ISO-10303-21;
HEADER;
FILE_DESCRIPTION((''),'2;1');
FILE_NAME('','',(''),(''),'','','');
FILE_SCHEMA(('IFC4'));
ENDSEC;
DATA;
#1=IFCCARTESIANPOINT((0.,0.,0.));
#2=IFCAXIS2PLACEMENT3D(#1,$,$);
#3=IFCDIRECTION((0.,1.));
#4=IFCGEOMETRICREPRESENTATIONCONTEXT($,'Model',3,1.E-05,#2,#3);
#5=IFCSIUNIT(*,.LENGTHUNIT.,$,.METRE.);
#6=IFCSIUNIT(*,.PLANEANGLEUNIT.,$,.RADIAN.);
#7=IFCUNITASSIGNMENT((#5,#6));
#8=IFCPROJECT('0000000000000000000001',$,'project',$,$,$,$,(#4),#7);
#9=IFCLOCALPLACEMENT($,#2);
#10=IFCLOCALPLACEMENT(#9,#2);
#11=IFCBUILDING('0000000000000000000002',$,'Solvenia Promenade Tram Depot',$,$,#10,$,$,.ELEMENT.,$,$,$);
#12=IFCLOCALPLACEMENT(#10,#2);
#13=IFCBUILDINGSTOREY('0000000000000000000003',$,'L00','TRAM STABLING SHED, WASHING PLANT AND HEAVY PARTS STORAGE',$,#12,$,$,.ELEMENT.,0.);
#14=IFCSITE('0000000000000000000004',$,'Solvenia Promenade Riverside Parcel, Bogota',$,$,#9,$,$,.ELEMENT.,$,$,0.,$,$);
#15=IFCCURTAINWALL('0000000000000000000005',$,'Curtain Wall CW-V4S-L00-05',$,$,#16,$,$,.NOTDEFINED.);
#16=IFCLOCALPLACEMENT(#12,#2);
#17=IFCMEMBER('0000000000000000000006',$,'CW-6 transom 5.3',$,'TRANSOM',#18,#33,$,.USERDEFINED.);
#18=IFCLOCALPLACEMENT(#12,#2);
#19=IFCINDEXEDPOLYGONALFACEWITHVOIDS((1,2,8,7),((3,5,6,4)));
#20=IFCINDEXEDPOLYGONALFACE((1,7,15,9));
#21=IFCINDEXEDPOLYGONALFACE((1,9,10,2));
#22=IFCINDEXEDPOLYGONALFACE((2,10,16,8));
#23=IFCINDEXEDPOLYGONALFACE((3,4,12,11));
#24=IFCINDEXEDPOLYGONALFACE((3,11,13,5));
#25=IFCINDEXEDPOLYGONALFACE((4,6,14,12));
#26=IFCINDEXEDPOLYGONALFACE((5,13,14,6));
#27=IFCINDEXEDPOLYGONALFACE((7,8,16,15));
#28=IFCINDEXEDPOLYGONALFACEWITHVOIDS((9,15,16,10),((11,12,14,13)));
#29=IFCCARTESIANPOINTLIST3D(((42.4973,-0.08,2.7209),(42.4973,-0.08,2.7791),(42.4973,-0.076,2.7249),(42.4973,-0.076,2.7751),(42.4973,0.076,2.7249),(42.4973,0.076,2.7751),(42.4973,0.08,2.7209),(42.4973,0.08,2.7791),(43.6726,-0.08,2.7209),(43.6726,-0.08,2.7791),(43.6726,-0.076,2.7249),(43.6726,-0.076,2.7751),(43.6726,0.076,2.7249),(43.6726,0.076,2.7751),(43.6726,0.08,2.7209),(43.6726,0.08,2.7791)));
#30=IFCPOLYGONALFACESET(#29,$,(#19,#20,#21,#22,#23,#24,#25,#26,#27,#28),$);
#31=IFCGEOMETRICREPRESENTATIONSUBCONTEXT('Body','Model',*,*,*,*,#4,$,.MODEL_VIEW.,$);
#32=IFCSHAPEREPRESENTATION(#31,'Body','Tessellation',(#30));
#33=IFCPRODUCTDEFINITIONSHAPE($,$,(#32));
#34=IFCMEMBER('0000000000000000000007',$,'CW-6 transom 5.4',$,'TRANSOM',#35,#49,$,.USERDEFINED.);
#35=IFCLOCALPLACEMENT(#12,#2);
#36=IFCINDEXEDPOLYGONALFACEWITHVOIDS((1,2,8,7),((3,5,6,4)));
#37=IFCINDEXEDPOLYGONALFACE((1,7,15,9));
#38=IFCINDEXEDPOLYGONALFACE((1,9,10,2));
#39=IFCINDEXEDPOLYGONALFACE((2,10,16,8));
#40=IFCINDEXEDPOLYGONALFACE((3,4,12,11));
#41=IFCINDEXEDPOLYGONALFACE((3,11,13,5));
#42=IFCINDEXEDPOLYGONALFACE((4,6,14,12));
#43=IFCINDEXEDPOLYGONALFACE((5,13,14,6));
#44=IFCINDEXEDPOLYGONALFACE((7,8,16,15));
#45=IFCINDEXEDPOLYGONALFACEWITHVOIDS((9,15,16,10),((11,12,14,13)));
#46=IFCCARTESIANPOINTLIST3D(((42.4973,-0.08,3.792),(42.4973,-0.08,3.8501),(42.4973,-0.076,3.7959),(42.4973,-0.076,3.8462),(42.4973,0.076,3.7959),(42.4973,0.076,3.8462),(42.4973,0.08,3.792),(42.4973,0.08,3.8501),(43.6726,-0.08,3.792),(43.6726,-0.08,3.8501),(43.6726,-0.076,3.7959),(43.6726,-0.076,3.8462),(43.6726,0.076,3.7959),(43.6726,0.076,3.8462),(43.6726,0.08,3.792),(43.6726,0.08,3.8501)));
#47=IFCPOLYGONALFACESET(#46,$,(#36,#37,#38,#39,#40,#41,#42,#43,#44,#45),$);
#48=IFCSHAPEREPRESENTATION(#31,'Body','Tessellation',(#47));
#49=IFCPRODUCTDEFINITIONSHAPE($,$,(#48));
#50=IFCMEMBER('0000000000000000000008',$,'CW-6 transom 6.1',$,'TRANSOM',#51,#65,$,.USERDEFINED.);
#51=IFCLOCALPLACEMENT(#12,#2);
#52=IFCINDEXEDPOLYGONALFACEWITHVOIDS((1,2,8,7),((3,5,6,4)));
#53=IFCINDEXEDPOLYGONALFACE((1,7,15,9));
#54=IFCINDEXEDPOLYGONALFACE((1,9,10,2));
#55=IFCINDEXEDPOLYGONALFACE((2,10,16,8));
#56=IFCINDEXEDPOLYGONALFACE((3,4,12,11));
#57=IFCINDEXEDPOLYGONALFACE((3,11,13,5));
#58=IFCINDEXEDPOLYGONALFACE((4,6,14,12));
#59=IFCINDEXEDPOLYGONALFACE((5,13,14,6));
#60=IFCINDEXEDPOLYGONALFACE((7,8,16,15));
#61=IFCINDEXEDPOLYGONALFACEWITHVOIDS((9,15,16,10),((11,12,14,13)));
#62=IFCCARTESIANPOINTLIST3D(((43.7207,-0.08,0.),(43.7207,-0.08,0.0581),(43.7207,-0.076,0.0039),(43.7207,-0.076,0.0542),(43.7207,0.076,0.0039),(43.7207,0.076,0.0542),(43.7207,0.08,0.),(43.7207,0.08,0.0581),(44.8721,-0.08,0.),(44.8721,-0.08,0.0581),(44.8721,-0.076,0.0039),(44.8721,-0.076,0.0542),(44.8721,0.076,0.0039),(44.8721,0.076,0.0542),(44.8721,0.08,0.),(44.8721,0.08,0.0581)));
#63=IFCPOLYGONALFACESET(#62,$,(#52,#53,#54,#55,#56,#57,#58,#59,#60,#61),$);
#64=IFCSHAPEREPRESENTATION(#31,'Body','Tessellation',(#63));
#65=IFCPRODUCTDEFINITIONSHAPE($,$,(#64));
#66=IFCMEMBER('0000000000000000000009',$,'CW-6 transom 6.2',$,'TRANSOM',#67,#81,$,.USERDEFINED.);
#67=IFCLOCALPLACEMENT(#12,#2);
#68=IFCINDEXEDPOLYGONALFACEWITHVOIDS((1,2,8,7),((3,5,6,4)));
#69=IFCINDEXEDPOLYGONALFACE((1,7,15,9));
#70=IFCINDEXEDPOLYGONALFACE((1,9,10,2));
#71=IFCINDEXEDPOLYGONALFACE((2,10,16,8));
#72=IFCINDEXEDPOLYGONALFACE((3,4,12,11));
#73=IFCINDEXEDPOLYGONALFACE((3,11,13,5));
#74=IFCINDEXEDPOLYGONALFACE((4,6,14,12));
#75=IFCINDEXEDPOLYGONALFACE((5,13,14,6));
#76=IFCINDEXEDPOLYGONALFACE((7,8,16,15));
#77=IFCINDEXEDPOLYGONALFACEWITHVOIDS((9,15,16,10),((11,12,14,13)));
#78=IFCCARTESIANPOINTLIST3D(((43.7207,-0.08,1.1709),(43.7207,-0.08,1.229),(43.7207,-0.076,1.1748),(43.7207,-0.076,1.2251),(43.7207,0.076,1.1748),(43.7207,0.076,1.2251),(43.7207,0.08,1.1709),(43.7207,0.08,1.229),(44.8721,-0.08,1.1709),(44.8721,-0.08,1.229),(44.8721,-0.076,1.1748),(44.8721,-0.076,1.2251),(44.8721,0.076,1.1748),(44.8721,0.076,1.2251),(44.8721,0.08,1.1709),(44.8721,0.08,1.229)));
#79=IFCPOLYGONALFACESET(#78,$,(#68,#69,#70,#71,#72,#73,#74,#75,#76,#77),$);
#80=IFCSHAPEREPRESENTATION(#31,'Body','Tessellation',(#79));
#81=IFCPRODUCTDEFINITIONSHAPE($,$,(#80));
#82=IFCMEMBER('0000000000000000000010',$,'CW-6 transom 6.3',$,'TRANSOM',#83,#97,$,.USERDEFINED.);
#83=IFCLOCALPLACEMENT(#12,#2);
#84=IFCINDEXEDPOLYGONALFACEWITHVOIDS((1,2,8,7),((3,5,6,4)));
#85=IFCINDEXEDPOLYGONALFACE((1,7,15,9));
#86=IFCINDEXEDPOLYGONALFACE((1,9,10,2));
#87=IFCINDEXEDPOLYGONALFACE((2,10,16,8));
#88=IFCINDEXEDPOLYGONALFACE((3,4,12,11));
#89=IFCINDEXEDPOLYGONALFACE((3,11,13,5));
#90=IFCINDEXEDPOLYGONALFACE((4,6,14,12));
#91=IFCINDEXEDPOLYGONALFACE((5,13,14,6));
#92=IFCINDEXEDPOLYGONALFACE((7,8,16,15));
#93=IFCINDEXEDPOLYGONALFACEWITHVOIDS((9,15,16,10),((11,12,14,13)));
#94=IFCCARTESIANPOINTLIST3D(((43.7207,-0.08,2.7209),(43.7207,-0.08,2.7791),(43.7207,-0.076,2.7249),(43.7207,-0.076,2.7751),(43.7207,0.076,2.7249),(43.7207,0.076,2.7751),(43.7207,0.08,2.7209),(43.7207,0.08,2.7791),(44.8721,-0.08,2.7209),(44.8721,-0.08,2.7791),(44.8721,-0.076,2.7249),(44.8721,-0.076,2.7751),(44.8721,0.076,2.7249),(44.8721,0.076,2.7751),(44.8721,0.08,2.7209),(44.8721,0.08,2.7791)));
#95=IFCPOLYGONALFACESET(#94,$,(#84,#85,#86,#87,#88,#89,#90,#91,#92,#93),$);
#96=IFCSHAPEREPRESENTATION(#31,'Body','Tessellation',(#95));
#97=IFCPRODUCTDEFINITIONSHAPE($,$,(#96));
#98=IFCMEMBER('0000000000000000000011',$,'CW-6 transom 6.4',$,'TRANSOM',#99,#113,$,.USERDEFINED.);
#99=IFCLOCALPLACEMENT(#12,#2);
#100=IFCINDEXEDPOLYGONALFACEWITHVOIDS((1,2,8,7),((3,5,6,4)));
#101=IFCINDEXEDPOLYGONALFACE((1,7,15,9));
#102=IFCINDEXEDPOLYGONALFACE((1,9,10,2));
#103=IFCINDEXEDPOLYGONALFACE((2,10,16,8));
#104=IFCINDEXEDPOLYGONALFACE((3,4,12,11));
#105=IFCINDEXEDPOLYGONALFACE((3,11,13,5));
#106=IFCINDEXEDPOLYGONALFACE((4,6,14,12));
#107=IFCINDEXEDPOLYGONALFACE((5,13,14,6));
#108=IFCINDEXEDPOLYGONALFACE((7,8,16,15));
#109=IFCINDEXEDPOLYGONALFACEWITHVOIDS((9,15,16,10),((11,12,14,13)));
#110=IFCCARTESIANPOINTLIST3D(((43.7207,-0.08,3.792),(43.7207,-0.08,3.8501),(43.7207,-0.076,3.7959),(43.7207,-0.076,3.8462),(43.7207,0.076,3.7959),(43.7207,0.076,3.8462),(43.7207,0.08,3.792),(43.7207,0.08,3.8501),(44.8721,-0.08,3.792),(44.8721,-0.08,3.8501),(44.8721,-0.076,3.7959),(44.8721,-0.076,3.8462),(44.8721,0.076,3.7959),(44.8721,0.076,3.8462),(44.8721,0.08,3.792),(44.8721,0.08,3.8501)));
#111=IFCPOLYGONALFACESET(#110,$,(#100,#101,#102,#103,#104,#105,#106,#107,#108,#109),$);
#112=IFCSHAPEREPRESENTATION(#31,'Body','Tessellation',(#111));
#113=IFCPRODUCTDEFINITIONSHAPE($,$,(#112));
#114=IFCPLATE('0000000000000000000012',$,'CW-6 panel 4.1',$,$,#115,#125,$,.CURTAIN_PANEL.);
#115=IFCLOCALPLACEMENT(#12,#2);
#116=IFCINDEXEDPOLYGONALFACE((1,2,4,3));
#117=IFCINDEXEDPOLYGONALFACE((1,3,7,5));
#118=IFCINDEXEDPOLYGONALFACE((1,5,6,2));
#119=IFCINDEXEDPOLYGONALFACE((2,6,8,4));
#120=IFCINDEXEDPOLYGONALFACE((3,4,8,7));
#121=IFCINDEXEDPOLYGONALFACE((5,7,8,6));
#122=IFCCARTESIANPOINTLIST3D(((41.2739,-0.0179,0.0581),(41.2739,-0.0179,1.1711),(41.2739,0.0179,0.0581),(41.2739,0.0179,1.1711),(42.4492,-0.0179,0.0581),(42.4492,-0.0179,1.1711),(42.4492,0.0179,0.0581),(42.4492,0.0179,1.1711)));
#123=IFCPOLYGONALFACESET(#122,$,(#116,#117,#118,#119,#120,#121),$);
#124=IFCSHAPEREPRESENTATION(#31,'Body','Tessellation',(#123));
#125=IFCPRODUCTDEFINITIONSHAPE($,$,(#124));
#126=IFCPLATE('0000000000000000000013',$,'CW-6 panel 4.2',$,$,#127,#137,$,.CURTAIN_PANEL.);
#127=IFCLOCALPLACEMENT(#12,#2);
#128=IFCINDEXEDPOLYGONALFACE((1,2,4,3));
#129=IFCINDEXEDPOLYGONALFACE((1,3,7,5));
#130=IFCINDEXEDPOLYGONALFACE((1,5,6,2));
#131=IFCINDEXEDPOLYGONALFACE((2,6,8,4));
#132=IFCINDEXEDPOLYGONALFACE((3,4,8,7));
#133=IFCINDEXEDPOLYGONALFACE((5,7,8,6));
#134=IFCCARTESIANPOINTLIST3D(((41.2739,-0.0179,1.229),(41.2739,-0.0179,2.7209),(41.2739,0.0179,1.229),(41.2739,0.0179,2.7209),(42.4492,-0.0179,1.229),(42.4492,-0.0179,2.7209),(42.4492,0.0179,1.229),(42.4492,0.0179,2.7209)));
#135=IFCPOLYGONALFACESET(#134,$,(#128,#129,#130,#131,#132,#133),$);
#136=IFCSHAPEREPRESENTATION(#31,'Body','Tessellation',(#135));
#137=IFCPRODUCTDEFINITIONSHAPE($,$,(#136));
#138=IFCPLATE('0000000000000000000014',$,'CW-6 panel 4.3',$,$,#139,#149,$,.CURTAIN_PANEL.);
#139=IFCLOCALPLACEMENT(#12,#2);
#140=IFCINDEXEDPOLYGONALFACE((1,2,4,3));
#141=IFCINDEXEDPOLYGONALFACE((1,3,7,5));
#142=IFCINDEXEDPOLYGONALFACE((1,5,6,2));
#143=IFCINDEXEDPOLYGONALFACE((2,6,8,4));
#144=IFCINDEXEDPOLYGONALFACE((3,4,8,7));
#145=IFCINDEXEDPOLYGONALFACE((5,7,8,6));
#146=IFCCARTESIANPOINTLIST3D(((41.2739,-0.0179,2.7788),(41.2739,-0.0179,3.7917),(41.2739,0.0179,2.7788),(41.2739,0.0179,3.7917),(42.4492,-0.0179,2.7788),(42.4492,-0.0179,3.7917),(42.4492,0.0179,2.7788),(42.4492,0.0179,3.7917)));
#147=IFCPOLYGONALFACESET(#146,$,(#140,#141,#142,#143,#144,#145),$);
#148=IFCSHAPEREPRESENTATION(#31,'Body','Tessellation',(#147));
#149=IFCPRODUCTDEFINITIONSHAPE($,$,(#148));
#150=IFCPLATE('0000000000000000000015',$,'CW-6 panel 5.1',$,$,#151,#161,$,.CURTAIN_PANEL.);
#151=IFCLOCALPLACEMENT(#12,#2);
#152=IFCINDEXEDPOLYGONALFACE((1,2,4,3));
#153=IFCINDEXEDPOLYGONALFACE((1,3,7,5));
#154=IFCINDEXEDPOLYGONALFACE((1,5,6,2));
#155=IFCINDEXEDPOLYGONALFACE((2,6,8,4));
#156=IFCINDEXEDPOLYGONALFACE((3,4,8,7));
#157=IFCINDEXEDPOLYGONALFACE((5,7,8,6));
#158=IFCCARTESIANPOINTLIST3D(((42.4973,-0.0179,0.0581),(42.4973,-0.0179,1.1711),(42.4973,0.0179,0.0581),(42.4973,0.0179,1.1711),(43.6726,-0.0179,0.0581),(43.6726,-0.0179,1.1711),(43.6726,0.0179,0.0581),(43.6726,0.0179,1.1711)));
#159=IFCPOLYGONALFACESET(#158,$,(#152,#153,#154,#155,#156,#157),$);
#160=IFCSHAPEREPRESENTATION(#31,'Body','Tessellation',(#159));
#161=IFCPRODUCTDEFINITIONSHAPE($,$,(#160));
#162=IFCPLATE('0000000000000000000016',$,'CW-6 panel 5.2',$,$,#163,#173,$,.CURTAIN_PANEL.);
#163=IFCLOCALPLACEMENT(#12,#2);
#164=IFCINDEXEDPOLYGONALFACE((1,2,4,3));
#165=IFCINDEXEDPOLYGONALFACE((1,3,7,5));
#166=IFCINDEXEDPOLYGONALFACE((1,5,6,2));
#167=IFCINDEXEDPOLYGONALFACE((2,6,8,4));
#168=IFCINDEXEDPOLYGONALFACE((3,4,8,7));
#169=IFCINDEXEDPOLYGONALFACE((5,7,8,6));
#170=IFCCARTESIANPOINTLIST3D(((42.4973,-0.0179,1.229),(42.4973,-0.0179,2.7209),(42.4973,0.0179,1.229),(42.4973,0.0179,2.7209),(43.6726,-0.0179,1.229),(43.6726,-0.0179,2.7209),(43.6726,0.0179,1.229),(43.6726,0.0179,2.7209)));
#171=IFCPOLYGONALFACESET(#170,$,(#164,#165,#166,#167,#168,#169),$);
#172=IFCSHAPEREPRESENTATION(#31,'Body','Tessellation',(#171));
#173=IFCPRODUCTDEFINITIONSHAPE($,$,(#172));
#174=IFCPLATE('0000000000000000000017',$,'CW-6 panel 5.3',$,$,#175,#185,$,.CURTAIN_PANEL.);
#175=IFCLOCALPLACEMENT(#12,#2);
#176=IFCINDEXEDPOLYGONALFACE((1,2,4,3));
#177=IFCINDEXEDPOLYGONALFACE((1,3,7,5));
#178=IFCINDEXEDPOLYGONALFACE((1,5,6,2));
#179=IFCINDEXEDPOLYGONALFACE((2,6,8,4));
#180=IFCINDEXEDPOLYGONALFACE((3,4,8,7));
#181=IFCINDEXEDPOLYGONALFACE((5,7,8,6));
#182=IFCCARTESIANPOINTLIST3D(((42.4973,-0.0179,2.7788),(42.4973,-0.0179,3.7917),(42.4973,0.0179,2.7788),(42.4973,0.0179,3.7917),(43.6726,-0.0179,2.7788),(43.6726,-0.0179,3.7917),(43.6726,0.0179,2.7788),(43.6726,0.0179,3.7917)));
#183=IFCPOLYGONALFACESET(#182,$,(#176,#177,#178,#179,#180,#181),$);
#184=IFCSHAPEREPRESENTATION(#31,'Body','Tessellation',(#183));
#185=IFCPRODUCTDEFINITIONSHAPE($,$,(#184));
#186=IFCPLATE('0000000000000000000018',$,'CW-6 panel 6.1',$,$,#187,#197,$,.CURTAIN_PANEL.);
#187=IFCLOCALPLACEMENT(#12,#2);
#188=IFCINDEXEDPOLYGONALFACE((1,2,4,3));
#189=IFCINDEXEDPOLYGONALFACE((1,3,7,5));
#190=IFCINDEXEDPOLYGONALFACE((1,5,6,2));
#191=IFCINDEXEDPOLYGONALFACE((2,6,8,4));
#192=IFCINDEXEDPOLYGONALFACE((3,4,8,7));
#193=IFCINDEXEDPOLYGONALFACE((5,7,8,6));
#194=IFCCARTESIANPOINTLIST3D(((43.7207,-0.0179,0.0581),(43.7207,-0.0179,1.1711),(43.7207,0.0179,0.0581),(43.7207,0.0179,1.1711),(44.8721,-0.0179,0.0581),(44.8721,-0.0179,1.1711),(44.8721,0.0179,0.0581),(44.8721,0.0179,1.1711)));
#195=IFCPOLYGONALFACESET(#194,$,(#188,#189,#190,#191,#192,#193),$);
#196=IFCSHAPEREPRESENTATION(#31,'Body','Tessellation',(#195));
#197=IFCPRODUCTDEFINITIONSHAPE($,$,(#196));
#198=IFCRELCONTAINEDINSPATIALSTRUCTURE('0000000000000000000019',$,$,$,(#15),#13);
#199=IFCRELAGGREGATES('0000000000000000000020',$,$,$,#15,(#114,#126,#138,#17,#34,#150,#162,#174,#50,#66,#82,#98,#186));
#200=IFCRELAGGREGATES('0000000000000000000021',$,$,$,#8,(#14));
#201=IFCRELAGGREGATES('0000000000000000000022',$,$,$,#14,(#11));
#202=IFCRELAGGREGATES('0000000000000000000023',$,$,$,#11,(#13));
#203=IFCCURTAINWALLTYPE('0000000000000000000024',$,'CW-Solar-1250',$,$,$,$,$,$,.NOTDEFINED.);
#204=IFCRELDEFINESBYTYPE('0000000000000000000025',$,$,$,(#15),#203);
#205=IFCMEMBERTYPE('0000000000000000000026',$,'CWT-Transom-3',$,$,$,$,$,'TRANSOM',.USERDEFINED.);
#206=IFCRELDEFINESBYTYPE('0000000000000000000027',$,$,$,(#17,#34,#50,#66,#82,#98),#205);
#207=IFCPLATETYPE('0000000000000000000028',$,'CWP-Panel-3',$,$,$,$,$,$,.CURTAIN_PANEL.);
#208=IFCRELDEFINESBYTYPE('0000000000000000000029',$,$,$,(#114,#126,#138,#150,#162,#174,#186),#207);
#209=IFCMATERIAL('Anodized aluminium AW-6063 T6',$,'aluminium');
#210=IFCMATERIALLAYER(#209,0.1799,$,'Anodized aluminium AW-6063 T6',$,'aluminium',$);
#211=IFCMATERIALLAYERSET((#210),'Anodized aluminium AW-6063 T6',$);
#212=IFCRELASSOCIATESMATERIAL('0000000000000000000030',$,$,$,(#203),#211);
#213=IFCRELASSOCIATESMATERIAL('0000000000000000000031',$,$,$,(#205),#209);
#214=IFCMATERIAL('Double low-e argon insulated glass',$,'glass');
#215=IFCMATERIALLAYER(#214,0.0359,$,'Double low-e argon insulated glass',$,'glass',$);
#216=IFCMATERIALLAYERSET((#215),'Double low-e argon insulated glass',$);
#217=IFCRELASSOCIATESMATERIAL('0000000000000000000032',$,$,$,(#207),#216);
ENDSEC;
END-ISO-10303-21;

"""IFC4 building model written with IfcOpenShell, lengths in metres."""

from ifc_helpers import new_model, si_unit, direction, frame, origin, origin_2d, place, context, subcontext, project, spatial, rectangle, hollow_rectangle, extrude, material, layer, layer_set, material_profile, profile_set, type_object, element, aggregate, save


model = new_model("IFC4")

# Units and contexts
model_context = context("Model", 3, precision=1e-05, world=origin(), true_north=direction((0.0, 1.0)))
body_context = subcontext(model_context, "Body", "Model", "MODEL_VIEW")
ifc_project = project(units=[si_unit("LENGTHUNIT", "METRE"), si_unit("PLANEANGLEUNIT", "RADIAN")], contexts=[model_context])

# Site, building, storey
site_placement = place(None, origin())
site = spatial("IfcSite", under=ifc_project, at=site_placement, Name="Solvenia Promenade Riverside Parcel, Bogota", CompositionType="ELEMENT", RefElevation=0.0)
building_placement = place(site_placement, origin())
building = spatial("IfcBuilding", under=site, at=building_placement, Name="Solvenia Promenade Tram Depot", CompositionType="ELEMENT")
storey_placement = place(building_placement, origin())
storey = spatial("IfcBuildingStorey", under=building, at=storey_placement, Name="L00", Description="TRAM STABLING SHED, WASHING PLANT AND HEAVY PARTS STORAGE", CompositionType="ELEMENT", Elevation=0.0)

# Curtain wall, members, plates
ifc_material_1 = material(Name="Anodized aluminium AW-6063 T6", Category="aluminium")
ifc_layer_1 = layer(ifc_material_1, 0.1799, Name="Anodized aluminium AW-6063 T6", Category="aluminium")
ifc_layer_set_1 = layer_set([ifc_layer_1], Name="Anodized aluminium AW-6063 T6")
curtain_wall_type = type_object("IfcCurtainWallType", Name="CW-Solar-1250", PredefinedType="NOTDEFINED", material=ifc_layer_set_1)
curtain_wall_placement = place(storey_placement, origin())
curtain_wall = element("IfcCurtainWall", 1, at=curtain_wall_placement, inside=storey, type_object=curtain_wall_type, Name="Curtain Wall CW-V4S-L00-05", PredefinedType="NOTDEFINED")
ifc_material_profile_1 = material_profile(ifc_material_1, hollow_rectangle(XDim=0.1599, YDim=0.0581, WallThickness=0.0039, at=origin_2d()), Name="ALU-T3", Category="aluminium")
ifc_profile_set_1 = profile_set([ifc_material_profile_1], Name="Anodized aluminium AW-6063 T6")
member_type_1 = type_object("IfcMemberType", Name="CWT-Transom-3", ElementType="TRANSOM", PredefinedType="USERDEFINED", material=ifc_profile_set_1)
member_1_placement = place(storey_placement, frame((42.4973, 0.0, 2.75), z_axis=(1.0, 0.0, 0.0), x_axis=(0.0, 1.0, 0.0)))
member_1 = element("IfcMember", 2, at=member_1_placement, type_object=member_type_1, Name="CW-6 transom 5.3", ObjectType="TRANSOM", PredefinedType="USERDEFINED", context=body_context, shape_type="SweptSolid", body=[
    extrude(hollow_rectangle(XDim=0.1599, YDim=0.0581, WallThickness=0.0039, at=origin_2d()), origin(), (0.0, 0.0, 1.0), 1.1753),
])
member_2_placement = place(storey_placement, frame((42.4973, 0.0, 3.821), z_axis=(1.0, 0.0, 0.0), x_axis=(0.0, 1.0, 0.0)))
member_2 = element("IfcMember", 3, at=member_2_placement, type_object=member_type_1, Name="CW-6 transom 5.4", ObjectType="TRANSOM", PredefinedType="USERDEFINED", context=body_context, shape_type="SweptSolid", body=[
    extrude(hollow_rectangle(XDim=0.1599, YDim=0.0581, WallThickness=0.0039, at=origin_2d()), origin(), (0.0, 0.0, 1.0), 1.1753),
])
member_3_placement = place(storey_placement, frame((43.7207, 0.0, 0.0291), z_axis=(1.0, 0.0, 0.0), x_axis=(0.0, 1.0, 0.0)))
member_3 = element("IfcMember", 4, at=member_3_placement, type_object=member_type_1, Name="CW-6 transom 6.1", ObjectType="TRANSOM", PredefinedType="USERDEFINED", context=body_context, shape_type="SweptSolid", body=[
    extrude(hollow_rectangle(XDim=0.1599, YDim=0.0581, WallThickness=0.0039, at=origin_2d()), origin(), (0.0, 0.0, 1.0), 1.1514),
])
member_4_placement = place(storey_placement, frame((43.7207, 0.0, 1.2), z_axis=(1.0, 0.0, 0.0), x_axis=(0.0, 1.0, 0.0)))
member_4 = element("IfcMember", 5, at=member_4_placement, type_object=member_type_1, Name="CW-6 transom 6.2", ObjectType="TRANSOM", PredefinedType="USERDEFINED", context=body_context, shape_type="SweptSolid", body=[
    extrude(hollow_rectangle(XDim=0.1599, YDim=0.0581, WallThickness=0.0039, at=origin_2d()), origin(), (0.0, 0.0, 1.0), 1.1514),
])
member_5_placement = place(storey_placement, frame((43.7207, 0.0, 2.75), z_axis=(1.0, 0.0, 0.0), x_axis=(0.0, 1.0, 0.0)))
member_5 = element("IfcMember", 6, at=member_5_placement, type_object=member_type_1, Name="CW-6 transom 6.3", ObjectType="TRANSOM", PredefinedType="USERDEFINED", context=body_context, shape_type="SweptSolid", body=[
    extrude(hollow_rectangle(XDim=0.1599, YDim=0.0581, WallThickness=0.0039, at=origin_2d()), origin(), (0.0, 0.0, 1.0), 1.1514),
])
member_6_placement = place(storey_placement, frame((43.7207, 0.0, 3.821), z_axis=(1.0, 0.0, 0.0), x_axis=(0.0, 1.0, 0.0)))
member_6 = element("IfcMember", 7, at=member_6_placement, type_object=member_type_1, Name="CW-6 transom 6.4", ObjectType="TRANSOM", PredefinedType="USERDEFINED", context=body_context, shape_type="SweptSolid", body=[
    extrude(hollow_rectangle(XDim=0.1599, YDim=0.0581, WallThickness=0.0039, at=origin_2d()), origin(), (0.0, 0.0, 1.0), 1.1514),
])
ifc_material_2 = material(Name="Double low-e argon insulated glass", Category="glass")
ifc_layer_2 = layer(ifc_material_2, 0.0359, Name="Double low-e argon insulated glass", Category="glass")
ifc_layer_set_2 = layer_set([ifc_layer_2], Name="Double low-e argon insulated glass")
plate_type = type_object("IfcPlateType", Name="CWP-Panel-3", PredefinedType="CURTAIN_PANEL", material=ifc_layer_set_2)
plate_1_placement = place(storey_placement, frame((41.8616, 0.0, 0.0581), z_axis=(0.0, 0.0, 1.0), x_axis=(1.0, 0.0, 0.0)))
plate_1 = element("IfcPlate", 8, at=plate_1_placement, type_object=plate_type, Name="CW-6 panel 4.1", PredefinedType="CURTAIN_PANEL", context=body_context, shape_type="SweptSolid", body=[
    extrude(rectangle(XDim=1.1753, YDim=0.0359, at=origin_2d()), origin(), (0.0, 0.0, 1.0), 1.113),
])
plate_2_placement = place(storey_placement, frame((41.8616, 0.0, 1.229), z_axis=(0.0, 0.0, 1.0), x_axis=(1.0, 0.0, 0.0)))
plate_2 = element("IfcPlate", 9, at=plate_2_placement, type_object=plate_type, Name="CW-6 panel 4.2", PredefinedType="CURTAIN_PANEL", context=body_context, shape_type="SweptSolid", body=[
    extrude(rectangle(XDim=1.1753, YDim=0.0359, at=origin_2d()), origin(), (0.0, 0.0, 1.0), 1.4919),
])
plate_3_placement = place(storey_placement, frame((41.8616, 0.0, 2.7788), z_axis=(0.0, 0.0, 1.0), x_axis=(1.0, 0.0, 0.0)))
plate_3 = element("IfcPlate", 10, at=plate_3_placement, type_object=plate_type, Name="CW-6 panel 4.3", PredefinedType="CURTAIN_PANEL", context=body_context, shape_type="SweptSolid", body=[
    extrude(rectangle(XDim=1.1753, YDim=0.0359, at=origin_2d()), origin(), (0.0, 0.0, 1.0), 1.0129),
])
plate_4_placement = place(storey_placement, frame((43.085, 0.0, 0.0581), z_axis=(0.0, 0.0, 1.0), x_axis=(1.0, 0.0, 0.0)))
plate_4 = element("IfcPlate", 11, at=plate_4_placement, type_object=plate_type, Name="CW-6 panel 5.1", PredefinedType="CURTAIN_PANEL", context=body_context, shape_type="SweptSolid", body=[
    extrude(rectangle(XDim=1.1753, YDim=0.0359, at=origin_2d()), origin(), (0.0, 0.0, 1.0), 1.113),
])
plate_5_placement = place(storey_placement, frame((43.085, 0.0, 1.229), z_axis=(0.0, 0.0, 1.0), x_axis=(1.0, 0.0, 0.0)))
plate_5 = element("IfcPlate", 12, at=plate_5_placement, type_object=plate_type, Name="CW-6 panel 5.2", PredefinedType="CURTAIN_PANEL", context=body_context, shape_type="SweptSolid", body=[
    extrude(rectangle(XDim=1.1753, YDim=0.0359, at=origin_2d()), origin(), (0.0, 0.0, 1.0), 1.4919),
])
plate_6_placement = place(storey_placement, frame((43.085, 0.0, 2.7788), z_axis=(0.0, 0.0, 1.0), x_axis=(1.0, 0.0, 0.0)))
plate_6 = element("IfcPlate", 13, at=plate_6_placement, type_object=plate_type, Name="CW-6 panel 5.3", PredefinedType="CURTAIN_PANEL", context=body_context, shape_type="SweptSolid", body=[
    extrude(rectangle(XDim=1.1753, YDim=0.0359, at=origin_2d()), origin(), (0.0, 0.0, 1.0), 1.0129),
])
plate_7_placement = place(storey_placement, frame((44.2964, 0.0, 0.0581), z_axis=(0.0, 0.0, 1.0), x_axis=(1.0, 0.0, 0.0)))
plate_7 = element("IfcPlate", 14, at=plate_7_placement, type_object=plate_type, Name="CW-6 panel 6.1", PredefinedType="CURTAIN_PANEL", context=body_context, shape_type="SweptSolid", body=[
    extrude(rectangle(XDim=1.1514, YDim=0.0359, at=origin_2d()), origin(), (0.0, 0.0, 1.0), 1.113),
])
aggregate(curtain_wall, [plate_1, plate_2, plate_3, member_1, member_2, plate_4, plate_5, plate_6, member_3, member_4, member_5, member_6, plate_7])

save(model, "model.ifc")
